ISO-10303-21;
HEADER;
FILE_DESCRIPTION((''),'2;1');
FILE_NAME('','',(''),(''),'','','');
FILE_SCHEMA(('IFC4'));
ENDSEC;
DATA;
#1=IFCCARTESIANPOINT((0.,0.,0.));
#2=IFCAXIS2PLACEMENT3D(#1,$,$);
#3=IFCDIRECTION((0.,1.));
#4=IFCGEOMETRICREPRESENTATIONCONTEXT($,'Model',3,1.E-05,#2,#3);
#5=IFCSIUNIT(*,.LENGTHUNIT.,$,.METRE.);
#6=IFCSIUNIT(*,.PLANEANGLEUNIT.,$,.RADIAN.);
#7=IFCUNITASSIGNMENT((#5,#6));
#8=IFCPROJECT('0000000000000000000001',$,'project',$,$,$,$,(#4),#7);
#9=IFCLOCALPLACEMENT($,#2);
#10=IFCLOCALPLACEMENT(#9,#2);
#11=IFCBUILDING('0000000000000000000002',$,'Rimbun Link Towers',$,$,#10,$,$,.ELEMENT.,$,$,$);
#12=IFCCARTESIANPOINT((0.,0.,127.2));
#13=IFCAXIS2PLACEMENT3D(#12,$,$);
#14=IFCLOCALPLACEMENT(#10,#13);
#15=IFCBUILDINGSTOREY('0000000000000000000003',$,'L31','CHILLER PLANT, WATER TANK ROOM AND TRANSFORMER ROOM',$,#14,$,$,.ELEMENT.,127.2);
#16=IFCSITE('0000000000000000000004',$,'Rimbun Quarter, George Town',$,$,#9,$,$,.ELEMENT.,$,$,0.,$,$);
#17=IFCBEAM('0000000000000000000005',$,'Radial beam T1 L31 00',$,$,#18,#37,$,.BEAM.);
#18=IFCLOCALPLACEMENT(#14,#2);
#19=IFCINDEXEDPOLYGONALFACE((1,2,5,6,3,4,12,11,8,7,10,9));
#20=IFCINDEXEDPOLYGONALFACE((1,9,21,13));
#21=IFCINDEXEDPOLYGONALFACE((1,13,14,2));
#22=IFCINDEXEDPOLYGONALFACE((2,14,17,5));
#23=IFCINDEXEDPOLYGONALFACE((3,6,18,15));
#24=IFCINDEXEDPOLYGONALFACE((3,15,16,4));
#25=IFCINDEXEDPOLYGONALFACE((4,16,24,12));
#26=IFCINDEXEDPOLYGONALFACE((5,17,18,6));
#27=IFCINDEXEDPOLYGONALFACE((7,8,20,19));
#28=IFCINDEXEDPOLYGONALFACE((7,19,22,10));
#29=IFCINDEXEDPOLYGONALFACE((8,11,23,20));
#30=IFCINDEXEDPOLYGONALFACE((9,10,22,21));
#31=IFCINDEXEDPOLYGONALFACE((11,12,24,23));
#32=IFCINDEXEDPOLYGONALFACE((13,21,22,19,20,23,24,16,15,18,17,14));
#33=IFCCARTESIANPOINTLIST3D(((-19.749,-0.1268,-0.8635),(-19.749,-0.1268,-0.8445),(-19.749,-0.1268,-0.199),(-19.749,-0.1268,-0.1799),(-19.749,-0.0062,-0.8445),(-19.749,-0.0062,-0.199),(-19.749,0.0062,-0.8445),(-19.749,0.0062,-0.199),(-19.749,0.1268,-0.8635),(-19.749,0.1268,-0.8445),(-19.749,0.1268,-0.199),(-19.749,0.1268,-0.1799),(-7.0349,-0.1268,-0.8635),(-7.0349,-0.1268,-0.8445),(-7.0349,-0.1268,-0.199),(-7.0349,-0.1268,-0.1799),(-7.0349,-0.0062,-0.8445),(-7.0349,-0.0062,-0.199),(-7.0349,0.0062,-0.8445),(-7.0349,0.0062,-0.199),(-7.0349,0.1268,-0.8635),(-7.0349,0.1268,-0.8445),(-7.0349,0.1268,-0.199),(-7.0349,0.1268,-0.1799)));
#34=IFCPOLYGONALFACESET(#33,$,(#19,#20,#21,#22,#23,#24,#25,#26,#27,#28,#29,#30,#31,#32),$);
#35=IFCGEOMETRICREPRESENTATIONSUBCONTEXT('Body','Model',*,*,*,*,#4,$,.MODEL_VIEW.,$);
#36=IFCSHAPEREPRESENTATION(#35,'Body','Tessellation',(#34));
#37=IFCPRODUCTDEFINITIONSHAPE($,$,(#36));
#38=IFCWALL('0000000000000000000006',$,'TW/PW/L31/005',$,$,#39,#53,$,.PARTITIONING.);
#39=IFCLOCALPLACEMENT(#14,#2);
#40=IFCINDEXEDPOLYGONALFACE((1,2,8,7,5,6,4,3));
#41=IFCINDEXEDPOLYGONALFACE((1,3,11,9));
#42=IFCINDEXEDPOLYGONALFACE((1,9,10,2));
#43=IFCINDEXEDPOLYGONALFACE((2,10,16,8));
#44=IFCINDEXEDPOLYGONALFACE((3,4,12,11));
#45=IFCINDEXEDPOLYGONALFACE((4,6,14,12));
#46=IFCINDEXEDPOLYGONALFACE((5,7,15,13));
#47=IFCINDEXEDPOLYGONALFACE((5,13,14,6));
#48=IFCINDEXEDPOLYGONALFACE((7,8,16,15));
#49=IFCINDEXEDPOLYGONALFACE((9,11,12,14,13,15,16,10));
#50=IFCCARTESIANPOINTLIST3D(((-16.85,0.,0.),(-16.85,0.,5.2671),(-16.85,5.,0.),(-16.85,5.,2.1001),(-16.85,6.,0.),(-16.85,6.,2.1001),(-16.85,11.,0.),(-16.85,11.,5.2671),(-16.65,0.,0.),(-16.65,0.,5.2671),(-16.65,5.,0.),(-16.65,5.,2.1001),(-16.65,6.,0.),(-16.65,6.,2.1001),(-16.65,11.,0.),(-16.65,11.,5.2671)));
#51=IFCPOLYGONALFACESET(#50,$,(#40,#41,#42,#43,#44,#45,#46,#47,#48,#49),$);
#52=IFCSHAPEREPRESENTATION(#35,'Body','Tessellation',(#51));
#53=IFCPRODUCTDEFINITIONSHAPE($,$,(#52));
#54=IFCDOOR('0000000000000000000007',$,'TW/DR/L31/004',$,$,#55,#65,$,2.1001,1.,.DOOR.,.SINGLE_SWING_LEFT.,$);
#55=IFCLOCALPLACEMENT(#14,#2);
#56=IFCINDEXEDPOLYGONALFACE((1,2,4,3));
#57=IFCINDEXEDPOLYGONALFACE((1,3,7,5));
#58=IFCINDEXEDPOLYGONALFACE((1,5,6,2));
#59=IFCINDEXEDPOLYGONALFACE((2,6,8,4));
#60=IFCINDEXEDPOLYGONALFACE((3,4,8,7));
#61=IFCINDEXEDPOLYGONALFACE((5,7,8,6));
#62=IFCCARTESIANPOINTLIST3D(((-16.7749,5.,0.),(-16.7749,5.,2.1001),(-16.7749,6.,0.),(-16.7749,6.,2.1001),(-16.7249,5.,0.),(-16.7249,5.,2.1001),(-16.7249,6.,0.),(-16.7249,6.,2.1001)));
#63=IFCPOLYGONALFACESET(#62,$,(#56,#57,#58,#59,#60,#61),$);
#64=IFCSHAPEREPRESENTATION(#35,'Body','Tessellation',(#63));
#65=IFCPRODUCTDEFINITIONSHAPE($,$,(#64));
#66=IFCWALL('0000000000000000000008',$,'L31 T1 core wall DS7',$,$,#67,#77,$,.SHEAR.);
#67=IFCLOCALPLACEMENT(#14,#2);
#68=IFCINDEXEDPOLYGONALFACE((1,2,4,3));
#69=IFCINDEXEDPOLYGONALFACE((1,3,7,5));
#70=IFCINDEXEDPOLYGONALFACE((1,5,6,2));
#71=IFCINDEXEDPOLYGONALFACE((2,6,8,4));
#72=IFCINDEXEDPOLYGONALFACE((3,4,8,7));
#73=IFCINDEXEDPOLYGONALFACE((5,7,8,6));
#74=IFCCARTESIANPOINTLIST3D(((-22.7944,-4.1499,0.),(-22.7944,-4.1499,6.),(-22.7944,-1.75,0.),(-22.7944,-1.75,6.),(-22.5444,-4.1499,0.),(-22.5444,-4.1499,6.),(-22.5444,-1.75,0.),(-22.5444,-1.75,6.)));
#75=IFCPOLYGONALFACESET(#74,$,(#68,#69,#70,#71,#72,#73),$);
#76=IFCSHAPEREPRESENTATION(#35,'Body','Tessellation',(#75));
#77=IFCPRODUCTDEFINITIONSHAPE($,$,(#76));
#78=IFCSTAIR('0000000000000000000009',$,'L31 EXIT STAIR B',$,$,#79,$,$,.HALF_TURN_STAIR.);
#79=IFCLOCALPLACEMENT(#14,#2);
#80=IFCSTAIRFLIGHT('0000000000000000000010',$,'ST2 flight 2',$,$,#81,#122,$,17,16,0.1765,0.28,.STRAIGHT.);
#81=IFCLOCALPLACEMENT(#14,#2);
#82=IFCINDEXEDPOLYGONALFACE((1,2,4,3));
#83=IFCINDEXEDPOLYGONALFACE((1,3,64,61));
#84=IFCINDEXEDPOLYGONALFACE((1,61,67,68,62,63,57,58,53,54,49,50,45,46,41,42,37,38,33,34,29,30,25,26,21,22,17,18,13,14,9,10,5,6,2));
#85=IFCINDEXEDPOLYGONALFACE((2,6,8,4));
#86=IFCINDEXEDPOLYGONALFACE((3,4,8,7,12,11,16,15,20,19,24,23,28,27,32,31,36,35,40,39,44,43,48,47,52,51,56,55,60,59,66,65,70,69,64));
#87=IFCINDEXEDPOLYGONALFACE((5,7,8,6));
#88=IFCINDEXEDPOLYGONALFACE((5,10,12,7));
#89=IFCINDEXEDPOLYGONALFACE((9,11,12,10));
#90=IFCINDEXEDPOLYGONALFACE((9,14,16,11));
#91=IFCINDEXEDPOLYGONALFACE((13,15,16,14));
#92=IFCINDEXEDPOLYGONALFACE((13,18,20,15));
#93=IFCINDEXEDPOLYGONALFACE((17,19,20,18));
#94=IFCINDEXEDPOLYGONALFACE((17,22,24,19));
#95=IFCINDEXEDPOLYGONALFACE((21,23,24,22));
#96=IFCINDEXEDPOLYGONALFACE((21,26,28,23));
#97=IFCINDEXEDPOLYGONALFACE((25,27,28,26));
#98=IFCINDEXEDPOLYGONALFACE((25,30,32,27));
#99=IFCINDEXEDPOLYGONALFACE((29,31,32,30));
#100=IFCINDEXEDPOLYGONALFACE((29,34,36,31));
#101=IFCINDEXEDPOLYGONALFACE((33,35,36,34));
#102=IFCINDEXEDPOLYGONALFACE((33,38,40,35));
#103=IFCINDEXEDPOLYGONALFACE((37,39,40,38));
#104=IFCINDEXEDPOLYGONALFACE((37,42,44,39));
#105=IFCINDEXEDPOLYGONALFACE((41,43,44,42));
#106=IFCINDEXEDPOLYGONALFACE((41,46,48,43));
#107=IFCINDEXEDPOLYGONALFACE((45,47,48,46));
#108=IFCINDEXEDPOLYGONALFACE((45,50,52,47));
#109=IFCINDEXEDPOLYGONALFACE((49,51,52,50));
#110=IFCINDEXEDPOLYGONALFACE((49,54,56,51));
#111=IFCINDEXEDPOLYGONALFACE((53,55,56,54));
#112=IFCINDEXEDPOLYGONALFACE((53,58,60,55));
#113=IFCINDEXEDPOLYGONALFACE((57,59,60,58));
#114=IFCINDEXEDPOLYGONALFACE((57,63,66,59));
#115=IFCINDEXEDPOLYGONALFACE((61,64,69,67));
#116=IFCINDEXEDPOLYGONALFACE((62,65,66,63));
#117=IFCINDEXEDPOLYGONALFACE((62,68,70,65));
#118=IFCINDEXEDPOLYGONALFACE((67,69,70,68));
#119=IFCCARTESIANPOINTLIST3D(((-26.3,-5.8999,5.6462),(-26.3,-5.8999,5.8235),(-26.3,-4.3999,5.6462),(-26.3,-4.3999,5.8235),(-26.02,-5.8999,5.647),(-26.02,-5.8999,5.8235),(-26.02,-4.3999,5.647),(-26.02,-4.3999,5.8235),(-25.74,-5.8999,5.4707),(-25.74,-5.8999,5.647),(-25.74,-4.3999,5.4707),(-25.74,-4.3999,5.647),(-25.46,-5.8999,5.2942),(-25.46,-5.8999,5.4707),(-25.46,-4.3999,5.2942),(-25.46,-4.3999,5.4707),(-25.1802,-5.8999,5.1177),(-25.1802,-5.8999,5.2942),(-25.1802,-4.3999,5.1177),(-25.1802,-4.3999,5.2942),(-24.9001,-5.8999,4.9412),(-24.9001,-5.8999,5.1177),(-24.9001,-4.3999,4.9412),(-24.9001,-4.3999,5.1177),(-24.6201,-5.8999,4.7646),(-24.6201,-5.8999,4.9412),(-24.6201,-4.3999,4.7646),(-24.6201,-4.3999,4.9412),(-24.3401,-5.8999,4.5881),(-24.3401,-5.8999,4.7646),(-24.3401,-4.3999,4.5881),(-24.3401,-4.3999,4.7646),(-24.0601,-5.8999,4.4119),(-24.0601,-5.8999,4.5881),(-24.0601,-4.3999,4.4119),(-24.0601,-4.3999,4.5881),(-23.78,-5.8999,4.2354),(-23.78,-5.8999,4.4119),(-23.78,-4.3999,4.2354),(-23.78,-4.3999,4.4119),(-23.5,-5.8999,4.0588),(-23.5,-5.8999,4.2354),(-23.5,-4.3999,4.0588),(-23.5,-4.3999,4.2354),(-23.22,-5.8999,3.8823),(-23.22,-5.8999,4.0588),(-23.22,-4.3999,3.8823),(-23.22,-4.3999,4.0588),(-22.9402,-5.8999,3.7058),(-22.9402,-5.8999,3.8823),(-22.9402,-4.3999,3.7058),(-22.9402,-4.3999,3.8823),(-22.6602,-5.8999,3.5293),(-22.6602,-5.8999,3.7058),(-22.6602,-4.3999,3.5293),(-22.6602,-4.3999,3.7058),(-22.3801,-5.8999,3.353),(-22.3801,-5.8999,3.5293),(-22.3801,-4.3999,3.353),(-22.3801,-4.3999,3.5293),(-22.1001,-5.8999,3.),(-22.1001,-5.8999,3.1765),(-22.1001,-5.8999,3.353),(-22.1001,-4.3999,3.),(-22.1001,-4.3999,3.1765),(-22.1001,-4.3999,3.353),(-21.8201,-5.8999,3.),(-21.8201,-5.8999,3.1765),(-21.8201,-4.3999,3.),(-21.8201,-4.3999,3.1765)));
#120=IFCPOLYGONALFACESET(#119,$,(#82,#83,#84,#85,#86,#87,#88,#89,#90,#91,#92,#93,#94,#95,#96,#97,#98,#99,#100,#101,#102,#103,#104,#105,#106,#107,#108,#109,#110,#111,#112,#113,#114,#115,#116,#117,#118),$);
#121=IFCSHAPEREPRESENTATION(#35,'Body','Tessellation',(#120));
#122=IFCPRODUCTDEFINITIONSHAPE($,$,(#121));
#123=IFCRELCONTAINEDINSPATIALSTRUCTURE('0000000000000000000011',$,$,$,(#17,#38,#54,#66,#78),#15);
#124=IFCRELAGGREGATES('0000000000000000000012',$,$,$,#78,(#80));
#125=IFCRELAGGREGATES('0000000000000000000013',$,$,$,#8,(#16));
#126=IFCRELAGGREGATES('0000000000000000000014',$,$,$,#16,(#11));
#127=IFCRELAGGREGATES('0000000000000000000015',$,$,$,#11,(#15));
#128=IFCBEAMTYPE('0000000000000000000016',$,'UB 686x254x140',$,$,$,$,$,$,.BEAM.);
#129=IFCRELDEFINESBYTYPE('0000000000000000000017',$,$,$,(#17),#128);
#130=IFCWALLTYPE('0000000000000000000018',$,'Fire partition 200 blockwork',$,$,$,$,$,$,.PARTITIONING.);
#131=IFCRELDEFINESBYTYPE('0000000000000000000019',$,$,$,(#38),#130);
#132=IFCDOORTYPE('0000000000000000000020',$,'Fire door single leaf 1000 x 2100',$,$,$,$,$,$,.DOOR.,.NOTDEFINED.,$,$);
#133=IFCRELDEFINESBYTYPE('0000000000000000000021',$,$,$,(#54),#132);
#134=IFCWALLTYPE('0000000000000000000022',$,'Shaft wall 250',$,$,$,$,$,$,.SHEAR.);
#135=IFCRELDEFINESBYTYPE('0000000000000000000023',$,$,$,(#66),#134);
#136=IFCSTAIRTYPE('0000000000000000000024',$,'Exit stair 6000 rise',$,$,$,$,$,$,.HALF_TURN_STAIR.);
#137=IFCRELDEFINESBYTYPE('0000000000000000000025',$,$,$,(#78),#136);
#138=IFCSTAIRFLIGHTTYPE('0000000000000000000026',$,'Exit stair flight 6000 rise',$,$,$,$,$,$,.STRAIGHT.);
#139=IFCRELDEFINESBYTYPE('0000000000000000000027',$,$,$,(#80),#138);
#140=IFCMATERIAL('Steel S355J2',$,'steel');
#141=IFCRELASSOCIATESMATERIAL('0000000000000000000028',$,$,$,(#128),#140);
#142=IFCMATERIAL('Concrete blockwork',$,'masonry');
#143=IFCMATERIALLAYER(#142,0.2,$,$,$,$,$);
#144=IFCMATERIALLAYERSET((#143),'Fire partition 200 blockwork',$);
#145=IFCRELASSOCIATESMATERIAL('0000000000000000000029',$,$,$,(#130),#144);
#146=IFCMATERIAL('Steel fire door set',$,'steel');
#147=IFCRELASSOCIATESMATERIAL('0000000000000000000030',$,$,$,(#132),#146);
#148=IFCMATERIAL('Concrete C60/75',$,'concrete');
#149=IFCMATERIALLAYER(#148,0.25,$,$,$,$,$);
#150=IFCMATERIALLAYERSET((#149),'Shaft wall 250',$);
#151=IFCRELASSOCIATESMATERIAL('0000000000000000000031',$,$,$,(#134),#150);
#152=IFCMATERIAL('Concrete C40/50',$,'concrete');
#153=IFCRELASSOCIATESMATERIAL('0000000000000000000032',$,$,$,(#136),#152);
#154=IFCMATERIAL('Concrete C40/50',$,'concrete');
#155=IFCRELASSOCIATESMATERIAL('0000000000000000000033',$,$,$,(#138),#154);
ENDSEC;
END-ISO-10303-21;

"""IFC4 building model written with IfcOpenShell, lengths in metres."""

from ifc_helpers import new_model, si_unit, direction, frame, frame_2d, origin, origin_2d, place, context, subcontext, project, spatial, polyline, rectangle, i_section, outline, extrude, material, layer, layer_set, material_profile, profile_set, type_object, element, fill, aggregate, save


model = new_model("IFC4")

# Units and contexts
model_context = context("Model", 3, precision=1e-05, world=origin(), true_north=direction((0.0, 1.0)))
body_context = subcontext(model_context, "Body", "Model", "MODEL_VIEW")
ifc_project = project(units=[si_unit("LENGTHUNIT", "METRE"), si_unit("PLANEANGLEUNIT", "RADIAN")], contexts=[model_context])

# Site, building, storey
site_placement = place(None, origin())
site = spatial("IfcSite", under=ifc_project, at=site_placement, Name="Rimbun Quarter, George Town", CompositionType="ELEMENT", RefElevation=0.0)
building_placement = place(site_placement, origin())
building = spatial("IfcBuilding", under=site, at=building_placement, Name="Rimbun Link Towers", CompositionType="ELEMENT")
storey_placement = place(building_placement, frame((0.0, 0.0, 127.2)))
storey = spatial("IfcBuildingStorey", under=building, at=storey_placement, Name="L31", Description="CHILLER PLANT, WATER TANK ROOM AND TRANSFORMER ROOM", CompositionType="ELEMENT", Elevation=127.2)

# Beam
ifc_material_1 = material(Name="Steel S355J2", Category="steel")
ifc_material_profile_1 = material_profile(ifc_material_1, i_section(OverallWidth=0.2537, OverallDepth=0.6836, WebThickness=0.0125, FlangeThickness=0.019, at=origin_2d()), Name="UB 686x254x140")
ifc_profile_set_1 = profile_set([ifc_material_profile_1], Name="Steel S355J2")
beam_type_1 = type_object("IfcBeamType", Name="UB 686x254x140", PredefinedType="BEAM", material=ifc_profile_set_1)
beam_1_placement = place(storey_placement, frame((-19.749, 0.0, -0.5217), z_axis=(1.0, 0.0, 0.0), x_axis=(0.0, 1.0, 0.0)))
element("IfcBeam", 1, at=beam_1_placement, inside=storey, type_object=beam_type_1, Name="Radial beam T1 L31 00", PredefinedType="BEAM", context=body_context, shape_type="SweptSolid", body=[
    extrude(i_section(OverallWidth=0.2537, OverallDepth=0.6836, WebThickness=0.0125, FlangeThickness=0.019, at=origin_2d()), origin(), (0.0, 0.0, 1.0), 12.7141),
])

# Wall, opening, door
ifc_material_2 = material(Name="Concrete blockwork", Category="masonry")
ifc_layer_1 = layer(ifc_material_2, 0.2)
ifc_layer_set_1 = layer_set([ifc_layer_1], Name="Fire partition 200 blockwork")
wall_type_1 = type_object("IfcWallType", Name="Fire partition 200 blockwork", PredefinedType="PARTITIONING", material=ifc_layer_set_1)
wall_1_placement = place(storey_placement, frame((-16.75, 0.0, 0.0), z_axis=(0.0, 0.0, 1.0), x_axis=(0.0, 1.0, 0.0)))
wall_1 = element("IfcWall", 2, at=wall_1_placement, inside=storey, type_object=wall_type_1, Name="TW/PW/L31/005", PredefinedType="PARTITIONING", context=body_context, shape_type="SweptSolid", body=[
    extrude(rectangle(XDim=11.0, YDim=0.2, at=frame_2d((5.5, 0.0))), origin(), (0.0, 0.0, 1.0), 5.2671),
])
opening_placement = place(wall_1_placement, frame((5.0, 0.0, 0.0)))
opening = element("IfcOpeningElement", 3, at=opening_placement, cuts=wall_1, PredefinedType="OPENING", context=body_context, shape_type="SweptSolid", body=[
    extrude(rectangle(XDim=1.0, YDim=2.1001, at=frame_2d((0.5, 1.05))), frame((0.0, 0.1099, 0.0), z_axis=(0.0, -1.0, 0.0), x_axis=(1.0, 0.0, 0.0)), (0.0, 0.0, 1.0), 0.22),
])
ifc_material_3 = material(Name="Steel fire door set", Category="steel")
door_type = type_object("IfcDoorType", Name="Fire door single leaf 1000 x 2100", OperationType="NOTDEFINED", PredefinedType="DOOR", material=ifc_material_3)
door_placement = place(opening_placement, origin())
door = element("IfcDoor", 4, at=door_placement, inside=storey, type_object=door_type, Name="TW/DR/L31/004", OperationType="SINGLE_SWING_LEFT", OverallHeight=2.1001, OverallWidth=1.0, PredefinedType="DOOR", context=body_context, shape_type="SweptSolid", body=[
    extrude(rectangle(XDim=1.0, YDim=2.1001, at=frame_2d((0.5, 1.05))), frame((0.0, 0.0249, 0.0), z_axis=(0.0, -1.0, 0.0), x_axis=(1.0, 0.0, 0.0)), (0.0, 0.0, 1.0), 0.05),
])
fill(opening, door)

# Wall
ifc_material_4 = material(Name="Concrete C60/75", Category="concrete")
ifc_layer_2 = layer(ifc_material_4, 0.25)
ifc_layer_set_2 = layer_set([ifc_layer_2], Name="Shaft wall 250")
wall_type_2 = type_object("IfcWallType", Name="Shaft wall 250", PredefinedType="SHEAR", material=ifc_layer_set_2)
wall_2_placement = place(storey_placement, frame((-22.6694, -4.1499, 0.0), z_axis=(0.0, 0.0, 1.0), x_axis=(0.0, 1.0, 0.0)))
element("IfcWall", 5, at=wall_2_placement, inside=storey, type_object=wall_type_2, Name="L31 T1 core wall DS7", PredefinedType="SHEAR", context=body_context, shape_type="SweptSolid", body=[
    extrude(rectangle(XDim=2.3999, YDim=0.25, at=frame_2d((1.2, 0.0))), origin(), (0.0, 0.0, 1.0), 6.0),
])

# Stair, stair flight
ifc_material_5 = material(Name="Concrete C40/50", Category="concrete")
stair_type = type_object("IfcStairType", Name="Exit stair 6000 rise", PredefinedType="HALF_TURN_STAIR", material=ifc_material_5)
stair_placement = place(storey_placement, origin())
stair = element("IfcStair", 6, at=stair_placement, inside=storey, type_object=stair_type, Name="L31 EXIT STAIR B", PredefinedType="HALF_TURN_STAIR")
ifc_material_6 = material(Name="Concrete C40/50", Category="concrete")
stair_flight_type = type_object("IfcStairFlightType", Name="Exit stair flight 6000 rise", PredefinedType="STRAIGHT", material=ifc_material_6)
stair_flight_placement = place(storey_placement, frame((-21.8201, -5.1499, 3.0), z_axis=(0.0, 0.0, 1.0), x_axis=(-1.0, 0.0, 0.0)))
stair_flight = element("IfcStairFlight", 7, at=stair_flight_placement, type_object=stair_flight_type, Name="ST2 flight 2", NumberOfRisers=17, NumberOfTreads=16, PredefinedType="STRAIGHT", RiserHeight=0.1765, TreadLength=0.28, context=body_context, shape_type="SweptSolid", body=[
    extrude(outline(polyline([(0.0, 0.0), (0.0, 0.1765), (0.28, 0.1765), (0.28, 0.353), (0.5601, 0.353), (0.5601, 0.5293), (0.8401, 0.5293), (0.8401, 0.7058), (1.1201, 0.7058), (1.1201, 0.8823), (1.3999, 0.8823), (1.3999, 1.0588), (1.6799, 1.0588), (1.6799, 1.2354), (1.96, 1.2354), (1.96, 1.4119), (2.24, 1.4119), (2.24, 1.5881), (2.52, 1.5881), (2.52, 1.7646), (2.8, 1.7646), (2.8, 1.9412), (3.0801, 1.9412), (3.0801, 2.1177), (3.3601, 2.1177), (3.3601, 2.2942), (3.6399, 2.2942), (3.6399, 2.4707), (3.9199, 2.4707), (3.9199, 2.647), (4.2, 2.647), (4.2, 2.8235), (4.48, 2.8235), (4.48, 3.0), (4.48, 2.6462), (0.28, 0.0), (0.0, 0.0)])), frame((0.0, 0.75, 0.0), z_axis=(0.0, -1.0, 0.0), x_axis=(1.0, 0.0, 0.0)), (0.0, 0.0, 1.0), 1.5),
])
aggregate(stair, [stair_flight])

save(model, "model.ifc")
